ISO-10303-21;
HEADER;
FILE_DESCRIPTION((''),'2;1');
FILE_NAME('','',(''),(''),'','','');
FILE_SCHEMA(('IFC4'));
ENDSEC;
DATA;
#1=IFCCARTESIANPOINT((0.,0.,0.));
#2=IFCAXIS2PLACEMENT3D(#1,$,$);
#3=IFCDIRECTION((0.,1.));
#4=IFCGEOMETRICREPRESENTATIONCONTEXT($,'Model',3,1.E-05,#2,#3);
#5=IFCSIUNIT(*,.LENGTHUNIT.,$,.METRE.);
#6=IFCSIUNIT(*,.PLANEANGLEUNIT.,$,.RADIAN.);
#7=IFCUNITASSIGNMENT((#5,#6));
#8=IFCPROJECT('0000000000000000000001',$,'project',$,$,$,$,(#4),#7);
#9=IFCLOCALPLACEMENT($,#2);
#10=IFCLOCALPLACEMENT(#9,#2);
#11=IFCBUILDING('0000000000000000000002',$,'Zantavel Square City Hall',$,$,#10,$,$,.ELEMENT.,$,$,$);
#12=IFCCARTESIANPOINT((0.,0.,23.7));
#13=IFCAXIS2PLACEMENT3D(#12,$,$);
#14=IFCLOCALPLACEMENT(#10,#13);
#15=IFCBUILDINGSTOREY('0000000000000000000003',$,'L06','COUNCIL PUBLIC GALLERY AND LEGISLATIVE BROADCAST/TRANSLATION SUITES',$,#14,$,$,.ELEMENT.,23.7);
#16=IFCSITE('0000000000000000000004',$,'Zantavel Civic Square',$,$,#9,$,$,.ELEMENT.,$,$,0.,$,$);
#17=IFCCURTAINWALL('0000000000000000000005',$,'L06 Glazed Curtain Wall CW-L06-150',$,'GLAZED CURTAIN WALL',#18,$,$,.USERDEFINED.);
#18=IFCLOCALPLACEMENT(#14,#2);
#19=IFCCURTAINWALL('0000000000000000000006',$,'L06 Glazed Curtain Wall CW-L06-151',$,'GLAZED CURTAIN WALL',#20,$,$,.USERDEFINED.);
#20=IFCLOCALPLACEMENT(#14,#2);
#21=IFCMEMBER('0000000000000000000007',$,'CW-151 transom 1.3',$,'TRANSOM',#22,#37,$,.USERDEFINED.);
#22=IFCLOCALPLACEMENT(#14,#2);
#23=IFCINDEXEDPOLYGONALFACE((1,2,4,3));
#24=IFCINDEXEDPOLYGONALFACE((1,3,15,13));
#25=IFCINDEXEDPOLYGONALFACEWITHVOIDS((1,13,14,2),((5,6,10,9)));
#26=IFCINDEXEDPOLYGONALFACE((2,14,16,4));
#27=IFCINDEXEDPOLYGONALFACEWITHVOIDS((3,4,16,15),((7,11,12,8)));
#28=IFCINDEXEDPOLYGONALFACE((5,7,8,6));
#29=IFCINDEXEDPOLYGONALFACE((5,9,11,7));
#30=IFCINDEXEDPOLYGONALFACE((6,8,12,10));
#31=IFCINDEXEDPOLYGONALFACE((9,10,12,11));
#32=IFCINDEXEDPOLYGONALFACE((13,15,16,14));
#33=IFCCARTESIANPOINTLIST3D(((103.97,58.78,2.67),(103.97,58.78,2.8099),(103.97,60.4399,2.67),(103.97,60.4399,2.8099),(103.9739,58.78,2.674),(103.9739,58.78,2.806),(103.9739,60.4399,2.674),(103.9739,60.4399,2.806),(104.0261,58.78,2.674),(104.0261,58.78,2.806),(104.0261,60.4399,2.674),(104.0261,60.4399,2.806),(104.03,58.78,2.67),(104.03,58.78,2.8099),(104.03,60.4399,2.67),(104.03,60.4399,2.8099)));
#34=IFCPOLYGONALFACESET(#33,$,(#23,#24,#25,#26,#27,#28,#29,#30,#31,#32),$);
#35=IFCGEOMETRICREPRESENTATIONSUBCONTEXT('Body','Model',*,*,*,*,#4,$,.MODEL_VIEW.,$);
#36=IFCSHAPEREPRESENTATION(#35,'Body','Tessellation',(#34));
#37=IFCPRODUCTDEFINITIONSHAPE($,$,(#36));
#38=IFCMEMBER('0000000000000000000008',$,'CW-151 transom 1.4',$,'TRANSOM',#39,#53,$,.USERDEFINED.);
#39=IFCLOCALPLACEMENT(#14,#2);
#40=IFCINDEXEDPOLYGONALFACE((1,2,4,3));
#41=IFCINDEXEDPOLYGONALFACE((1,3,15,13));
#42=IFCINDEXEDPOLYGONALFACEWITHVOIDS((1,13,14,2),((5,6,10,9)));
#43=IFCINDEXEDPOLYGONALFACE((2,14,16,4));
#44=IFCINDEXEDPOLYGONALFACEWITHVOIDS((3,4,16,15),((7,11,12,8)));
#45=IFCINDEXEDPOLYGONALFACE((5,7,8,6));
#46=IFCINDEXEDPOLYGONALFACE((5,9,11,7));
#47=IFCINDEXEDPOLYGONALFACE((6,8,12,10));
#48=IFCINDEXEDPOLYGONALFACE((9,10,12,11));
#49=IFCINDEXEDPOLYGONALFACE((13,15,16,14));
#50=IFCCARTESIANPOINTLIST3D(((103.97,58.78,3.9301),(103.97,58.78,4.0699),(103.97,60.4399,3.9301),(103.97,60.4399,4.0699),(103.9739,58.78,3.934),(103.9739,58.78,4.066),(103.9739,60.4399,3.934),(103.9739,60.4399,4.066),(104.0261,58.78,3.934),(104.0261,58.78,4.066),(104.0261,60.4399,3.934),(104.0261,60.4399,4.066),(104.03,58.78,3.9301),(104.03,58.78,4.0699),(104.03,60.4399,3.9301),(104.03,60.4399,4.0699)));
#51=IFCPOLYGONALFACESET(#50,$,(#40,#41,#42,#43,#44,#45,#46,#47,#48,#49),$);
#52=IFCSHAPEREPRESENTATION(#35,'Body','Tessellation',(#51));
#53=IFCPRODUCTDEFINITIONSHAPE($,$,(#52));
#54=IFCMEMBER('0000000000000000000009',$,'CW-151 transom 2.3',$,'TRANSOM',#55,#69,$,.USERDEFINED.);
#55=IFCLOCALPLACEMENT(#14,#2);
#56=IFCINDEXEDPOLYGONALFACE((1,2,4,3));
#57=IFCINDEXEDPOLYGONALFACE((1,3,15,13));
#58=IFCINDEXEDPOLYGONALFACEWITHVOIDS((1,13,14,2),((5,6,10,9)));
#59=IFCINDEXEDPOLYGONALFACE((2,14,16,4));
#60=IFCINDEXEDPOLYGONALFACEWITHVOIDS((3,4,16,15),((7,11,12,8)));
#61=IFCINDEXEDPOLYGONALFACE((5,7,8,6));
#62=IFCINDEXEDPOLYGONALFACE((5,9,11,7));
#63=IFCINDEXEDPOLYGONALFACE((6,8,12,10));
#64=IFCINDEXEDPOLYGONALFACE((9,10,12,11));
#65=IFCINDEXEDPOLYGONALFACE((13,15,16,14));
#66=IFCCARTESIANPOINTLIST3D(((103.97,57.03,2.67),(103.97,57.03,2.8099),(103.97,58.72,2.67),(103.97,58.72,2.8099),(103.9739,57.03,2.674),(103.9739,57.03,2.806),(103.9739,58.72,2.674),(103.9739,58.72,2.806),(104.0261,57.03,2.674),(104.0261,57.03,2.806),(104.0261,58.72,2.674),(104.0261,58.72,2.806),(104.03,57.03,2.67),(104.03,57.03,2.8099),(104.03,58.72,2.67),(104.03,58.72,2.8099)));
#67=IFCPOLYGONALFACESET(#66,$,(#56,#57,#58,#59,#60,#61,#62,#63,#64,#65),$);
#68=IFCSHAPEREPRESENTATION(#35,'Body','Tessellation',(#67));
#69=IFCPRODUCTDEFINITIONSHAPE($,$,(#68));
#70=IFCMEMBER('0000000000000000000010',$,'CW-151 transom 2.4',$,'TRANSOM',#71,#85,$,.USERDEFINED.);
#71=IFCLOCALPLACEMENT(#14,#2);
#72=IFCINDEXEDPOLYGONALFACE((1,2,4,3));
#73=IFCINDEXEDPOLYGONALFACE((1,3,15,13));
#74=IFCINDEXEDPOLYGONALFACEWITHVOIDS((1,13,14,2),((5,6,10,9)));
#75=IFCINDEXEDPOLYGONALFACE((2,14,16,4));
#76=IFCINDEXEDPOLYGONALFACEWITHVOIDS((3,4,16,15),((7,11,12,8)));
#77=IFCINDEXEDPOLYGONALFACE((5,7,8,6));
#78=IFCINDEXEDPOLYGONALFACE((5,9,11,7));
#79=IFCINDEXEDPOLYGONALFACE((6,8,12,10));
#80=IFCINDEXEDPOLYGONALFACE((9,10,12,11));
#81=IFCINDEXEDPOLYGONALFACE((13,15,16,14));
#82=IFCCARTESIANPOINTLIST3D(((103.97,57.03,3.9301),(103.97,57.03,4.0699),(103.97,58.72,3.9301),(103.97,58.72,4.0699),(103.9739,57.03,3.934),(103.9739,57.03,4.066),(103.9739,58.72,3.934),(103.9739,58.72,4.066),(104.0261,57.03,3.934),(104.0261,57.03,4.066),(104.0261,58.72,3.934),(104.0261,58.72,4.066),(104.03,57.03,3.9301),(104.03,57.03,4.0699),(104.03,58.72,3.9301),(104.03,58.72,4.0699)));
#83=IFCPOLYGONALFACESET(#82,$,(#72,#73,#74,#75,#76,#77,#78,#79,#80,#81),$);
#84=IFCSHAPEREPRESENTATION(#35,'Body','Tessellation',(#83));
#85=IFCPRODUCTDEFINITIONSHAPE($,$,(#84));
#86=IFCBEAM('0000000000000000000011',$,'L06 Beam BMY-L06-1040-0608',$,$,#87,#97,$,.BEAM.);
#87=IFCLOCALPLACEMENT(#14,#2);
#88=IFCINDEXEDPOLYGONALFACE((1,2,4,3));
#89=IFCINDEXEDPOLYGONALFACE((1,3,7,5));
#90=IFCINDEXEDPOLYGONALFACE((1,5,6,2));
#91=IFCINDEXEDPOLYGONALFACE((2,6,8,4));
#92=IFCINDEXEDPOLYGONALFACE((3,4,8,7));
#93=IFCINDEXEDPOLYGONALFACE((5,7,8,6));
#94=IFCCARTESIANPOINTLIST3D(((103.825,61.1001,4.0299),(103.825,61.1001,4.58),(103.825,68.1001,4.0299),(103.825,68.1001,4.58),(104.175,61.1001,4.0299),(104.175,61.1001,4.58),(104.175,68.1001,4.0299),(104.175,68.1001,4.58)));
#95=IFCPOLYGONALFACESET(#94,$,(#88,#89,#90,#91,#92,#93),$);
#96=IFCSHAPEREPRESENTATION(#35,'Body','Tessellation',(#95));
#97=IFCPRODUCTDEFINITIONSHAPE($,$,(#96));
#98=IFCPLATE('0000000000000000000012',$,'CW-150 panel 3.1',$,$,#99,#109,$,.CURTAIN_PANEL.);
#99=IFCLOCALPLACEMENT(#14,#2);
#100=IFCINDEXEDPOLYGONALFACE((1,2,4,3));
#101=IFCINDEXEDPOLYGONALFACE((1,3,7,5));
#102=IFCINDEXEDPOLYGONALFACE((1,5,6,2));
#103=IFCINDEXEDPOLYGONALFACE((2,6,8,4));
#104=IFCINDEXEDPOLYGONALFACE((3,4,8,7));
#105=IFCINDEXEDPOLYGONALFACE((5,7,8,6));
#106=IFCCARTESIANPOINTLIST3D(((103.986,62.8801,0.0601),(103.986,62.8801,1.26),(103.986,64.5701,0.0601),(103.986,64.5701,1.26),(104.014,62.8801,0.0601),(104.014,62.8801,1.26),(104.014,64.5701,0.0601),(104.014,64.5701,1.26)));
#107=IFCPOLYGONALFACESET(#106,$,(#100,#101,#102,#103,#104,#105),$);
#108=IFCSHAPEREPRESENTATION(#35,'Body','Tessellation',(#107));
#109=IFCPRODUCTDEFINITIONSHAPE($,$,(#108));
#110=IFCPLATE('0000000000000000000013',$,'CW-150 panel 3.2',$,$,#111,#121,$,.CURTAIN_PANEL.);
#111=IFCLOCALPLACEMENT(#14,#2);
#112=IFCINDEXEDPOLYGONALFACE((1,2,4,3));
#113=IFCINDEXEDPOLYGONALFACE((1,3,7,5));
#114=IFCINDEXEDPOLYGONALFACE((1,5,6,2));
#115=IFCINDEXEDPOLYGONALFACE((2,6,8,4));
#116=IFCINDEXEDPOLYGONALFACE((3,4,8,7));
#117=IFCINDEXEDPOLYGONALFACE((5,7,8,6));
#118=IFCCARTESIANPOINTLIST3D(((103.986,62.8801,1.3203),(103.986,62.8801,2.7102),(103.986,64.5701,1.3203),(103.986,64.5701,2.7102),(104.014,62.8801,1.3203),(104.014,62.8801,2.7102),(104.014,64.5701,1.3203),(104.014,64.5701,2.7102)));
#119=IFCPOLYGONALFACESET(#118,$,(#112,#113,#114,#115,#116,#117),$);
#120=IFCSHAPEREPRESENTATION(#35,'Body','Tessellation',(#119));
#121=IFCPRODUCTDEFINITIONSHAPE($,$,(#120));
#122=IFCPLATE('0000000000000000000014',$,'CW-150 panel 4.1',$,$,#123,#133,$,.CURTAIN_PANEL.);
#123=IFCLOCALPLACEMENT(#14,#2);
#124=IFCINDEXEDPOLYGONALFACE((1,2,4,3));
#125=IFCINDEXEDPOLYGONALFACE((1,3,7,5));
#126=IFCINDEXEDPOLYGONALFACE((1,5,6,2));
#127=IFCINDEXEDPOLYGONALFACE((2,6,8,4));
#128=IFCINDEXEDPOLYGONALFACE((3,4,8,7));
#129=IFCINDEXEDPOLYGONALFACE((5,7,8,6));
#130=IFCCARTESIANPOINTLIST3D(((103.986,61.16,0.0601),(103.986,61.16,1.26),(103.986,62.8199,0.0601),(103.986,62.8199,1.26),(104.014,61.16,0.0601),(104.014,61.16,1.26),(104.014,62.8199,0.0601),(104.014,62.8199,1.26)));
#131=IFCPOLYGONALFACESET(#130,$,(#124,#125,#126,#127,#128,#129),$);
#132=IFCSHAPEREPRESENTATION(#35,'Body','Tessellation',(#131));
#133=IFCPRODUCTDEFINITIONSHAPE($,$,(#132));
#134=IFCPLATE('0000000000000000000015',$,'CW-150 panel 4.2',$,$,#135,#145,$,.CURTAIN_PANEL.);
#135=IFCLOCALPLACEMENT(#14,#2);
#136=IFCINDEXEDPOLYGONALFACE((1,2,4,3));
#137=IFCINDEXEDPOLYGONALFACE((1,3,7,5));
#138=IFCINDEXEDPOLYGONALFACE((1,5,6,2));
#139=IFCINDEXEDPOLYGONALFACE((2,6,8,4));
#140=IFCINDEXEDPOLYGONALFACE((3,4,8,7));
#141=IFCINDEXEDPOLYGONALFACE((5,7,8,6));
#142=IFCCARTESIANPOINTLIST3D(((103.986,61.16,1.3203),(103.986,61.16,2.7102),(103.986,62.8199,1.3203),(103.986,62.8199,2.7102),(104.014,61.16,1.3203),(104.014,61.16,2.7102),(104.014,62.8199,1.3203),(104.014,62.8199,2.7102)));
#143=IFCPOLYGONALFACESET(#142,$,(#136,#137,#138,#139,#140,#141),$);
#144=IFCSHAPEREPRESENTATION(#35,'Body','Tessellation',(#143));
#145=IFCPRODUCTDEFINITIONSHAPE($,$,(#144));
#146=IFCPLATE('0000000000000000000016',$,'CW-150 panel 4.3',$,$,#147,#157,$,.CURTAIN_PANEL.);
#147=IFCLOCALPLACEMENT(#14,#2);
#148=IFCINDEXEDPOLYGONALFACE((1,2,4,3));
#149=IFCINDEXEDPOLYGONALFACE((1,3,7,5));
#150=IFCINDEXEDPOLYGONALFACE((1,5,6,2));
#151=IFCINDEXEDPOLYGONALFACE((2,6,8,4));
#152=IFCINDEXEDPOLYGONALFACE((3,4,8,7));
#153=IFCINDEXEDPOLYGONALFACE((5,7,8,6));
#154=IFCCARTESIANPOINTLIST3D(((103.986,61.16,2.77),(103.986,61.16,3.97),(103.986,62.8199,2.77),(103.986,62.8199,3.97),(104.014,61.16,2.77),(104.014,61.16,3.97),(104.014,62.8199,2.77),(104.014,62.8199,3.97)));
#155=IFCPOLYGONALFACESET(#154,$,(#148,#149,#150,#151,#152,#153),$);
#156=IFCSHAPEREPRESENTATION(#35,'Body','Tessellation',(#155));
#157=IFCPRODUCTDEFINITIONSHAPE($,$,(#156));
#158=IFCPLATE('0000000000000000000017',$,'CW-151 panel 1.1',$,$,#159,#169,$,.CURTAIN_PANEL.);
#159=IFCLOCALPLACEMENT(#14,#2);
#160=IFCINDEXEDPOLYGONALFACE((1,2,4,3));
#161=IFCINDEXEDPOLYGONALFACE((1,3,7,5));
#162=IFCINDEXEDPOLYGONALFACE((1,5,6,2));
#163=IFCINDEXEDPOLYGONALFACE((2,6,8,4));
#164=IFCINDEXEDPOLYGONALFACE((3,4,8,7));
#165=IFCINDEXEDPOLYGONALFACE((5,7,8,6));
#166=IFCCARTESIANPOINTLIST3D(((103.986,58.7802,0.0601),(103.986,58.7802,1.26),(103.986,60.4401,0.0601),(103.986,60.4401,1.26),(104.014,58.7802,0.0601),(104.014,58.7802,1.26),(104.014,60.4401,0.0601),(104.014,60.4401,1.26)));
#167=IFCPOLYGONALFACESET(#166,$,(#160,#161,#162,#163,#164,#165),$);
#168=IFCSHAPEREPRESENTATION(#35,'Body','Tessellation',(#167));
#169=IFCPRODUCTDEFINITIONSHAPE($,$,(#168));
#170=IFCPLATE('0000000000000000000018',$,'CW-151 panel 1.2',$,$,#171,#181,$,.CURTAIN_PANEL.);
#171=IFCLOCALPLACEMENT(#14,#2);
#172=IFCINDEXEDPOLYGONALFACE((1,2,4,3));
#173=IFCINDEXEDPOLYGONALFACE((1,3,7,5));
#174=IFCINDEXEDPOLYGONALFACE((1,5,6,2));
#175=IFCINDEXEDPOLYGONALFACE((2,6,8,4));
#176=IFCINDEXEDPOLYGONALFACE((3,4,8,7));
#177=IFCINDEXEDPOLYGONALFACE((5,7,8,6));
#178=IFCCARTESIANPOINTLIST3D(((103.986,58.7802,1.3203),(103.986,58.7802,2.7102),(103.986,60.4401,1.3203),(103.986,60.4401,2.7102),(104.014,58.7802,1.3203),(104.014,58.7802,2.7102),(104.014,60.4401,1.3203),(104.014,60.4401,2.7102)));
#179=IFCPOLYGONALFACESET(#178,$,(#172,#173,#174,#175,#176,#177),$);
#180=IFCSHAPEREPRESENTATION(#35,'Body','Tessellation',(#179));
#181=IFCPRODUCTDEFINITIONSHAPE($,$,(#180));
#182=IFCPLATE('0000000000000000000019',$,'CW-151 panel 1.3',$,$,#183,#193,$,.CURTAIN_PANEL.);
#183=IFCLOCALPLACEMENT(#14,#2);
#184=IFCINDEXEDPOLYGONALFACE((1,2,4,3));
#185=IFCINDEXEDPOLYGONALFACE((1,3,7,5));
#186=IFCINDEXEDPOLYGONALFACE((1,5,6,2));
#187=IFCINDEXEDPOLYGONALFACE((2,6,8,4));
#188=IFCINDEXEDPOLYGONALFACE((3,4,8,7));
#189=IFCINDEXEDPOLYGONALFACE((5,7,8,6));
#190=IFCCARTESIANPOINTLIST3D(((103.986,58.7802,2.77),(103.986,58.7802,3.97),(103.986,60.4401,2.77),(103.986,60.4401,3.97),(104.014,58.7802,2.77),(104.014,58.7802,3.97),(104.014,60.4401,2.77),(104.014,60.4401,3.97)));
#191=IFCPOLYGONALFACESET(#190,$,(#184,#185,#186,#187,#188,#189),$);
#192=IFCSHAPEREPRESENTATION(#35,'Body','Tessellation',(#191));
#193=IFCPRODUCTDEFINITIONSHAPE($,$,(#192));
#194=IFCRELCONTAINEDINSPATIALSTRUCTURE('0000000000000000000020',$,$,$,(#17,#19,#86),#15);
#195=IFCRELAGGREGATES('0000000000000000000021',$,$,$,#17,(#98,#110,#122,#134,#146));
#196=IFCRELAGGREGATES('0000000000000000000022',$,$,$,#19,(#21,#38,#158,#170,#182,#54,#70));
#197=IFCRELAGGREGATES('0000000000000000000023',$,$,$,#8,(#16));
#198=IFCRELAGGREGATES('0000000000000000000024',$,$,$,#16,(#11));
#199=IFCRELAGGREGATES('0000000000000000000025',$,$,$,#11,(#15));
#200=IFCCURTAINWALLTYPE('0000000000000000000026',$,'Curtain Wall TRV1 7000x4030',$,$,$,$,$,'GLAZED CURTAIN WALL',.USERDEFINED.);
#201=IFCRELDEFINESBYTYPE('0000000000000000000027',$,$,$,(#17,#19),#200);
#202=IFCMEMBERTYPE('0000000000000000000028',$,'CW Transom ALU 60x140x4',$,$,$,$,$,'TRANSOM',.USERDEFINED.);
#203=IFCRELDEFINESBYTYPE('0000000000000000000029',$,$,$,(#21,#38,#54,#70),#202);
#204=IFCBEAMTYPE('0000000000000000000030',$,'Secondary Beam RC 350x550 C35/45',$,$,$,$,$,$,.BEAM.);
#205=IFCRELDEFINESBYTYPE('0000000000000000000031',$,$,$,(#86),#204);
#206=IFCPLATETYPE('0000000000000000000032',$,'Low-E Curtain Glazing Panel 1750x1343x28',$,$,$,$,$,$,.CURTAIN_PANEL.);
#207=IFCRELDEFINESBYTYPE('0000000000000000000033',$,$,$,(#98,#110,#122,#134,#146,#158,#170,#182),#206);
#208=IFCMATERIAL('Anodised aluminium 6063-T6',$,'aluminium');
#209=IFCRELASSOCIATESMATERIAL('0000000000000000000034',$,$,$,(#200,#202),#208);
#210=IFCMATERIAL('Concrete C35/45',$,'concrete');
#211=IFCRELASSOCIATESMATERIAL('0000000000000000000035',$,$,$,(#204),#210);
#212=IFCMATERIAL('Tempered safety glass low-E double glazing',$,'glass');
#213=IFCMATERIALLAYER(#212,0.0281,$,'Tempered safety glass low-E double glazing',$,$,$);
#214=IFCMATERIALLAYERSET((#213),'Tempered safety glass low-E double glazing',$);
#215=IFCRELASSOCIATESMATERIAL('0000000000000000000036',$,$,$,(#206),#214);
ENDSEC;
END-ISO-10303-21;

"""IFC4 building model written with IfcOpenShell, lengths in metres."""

from ifc_helpers import new_model, si_unit, direction, frame, origin, origin_2d, place, context, subcontext, project, spatial, rectangle, hollow_rectangle, extrude, material, layer, layer_set, material_profile, profile_set, type_object, element, aggregate, save


model = new_model("IFC4")

# Units and contexts
model_context = context("Model", 3, precision=1e-05, world=origin(), true_north=direction((0.0, 1.0)))
body_context = subcontext(model_context, "Body", "Model", "MODEL_VIEW")
ifc_project = project(units=[si_unit("LENGTHUNIT", "METRE"), si_unit("PLANEANGLEUNIT", "RADIAN")], contexts=[model_context])

# Site, building, storey
site_placement = place(None, origin())
site = spatial("IfcSite", under=ifc_project, at=site_placement, Name="Zantavel Civic Square", CompositionType="ELEMENT", RefElevation=0.0)
building_placement = place(site_placement, origin())
building = spatial("IfcBuilding", under=site, at=building_placement, Name="Zantavel Square City Hall", CompositionType="ELEMENT")
storey_placement = place(building_placement, frame((0.0, 0.0, 23.7)))
storey = spatial("IfcBuildingStorey", under=building, at=storey_placement, Name="L06", Description="COUNCIL PUBLIC GALLERY AND LEGISLATIVE BROADCAST/TRANSLATION SUITES", CompositionType="ELEMENT", Elevation=23.7)

# Curtain walls
ifc_material_1 = material(Name="Anodised aluminium 6063-T6", Category="aluminium")
curtain_wall_type = type_object("IfcCurtainWallType", Name="Curtain Wall TRV1 7000x4030", ElementType="GLAZED CURTAIN WALL", PredefinedType="USERDEFINED", material=ifc_material_1)
curtain_wall_1_placement = place(storey_placement, origin())
curtain_wall_1 = element("IfcCurtainWall", 1, at=curtain_wall_1_placement, inside=storey, type_object=curtain_wall_type, Name="L06 Glazed Curtain Wall CW-L06-150", ObjectType="GLAZED CURTAIN WALL", PredefinedType="USERDEFINED")
curtain_wall_2_placement = place(storey_placement, origin())
curtain_wall_2 = element("IfcCurtainWall", 2, at=curtain_wall_2_placement, inside=storey, type_object=curtain_wall_type, Name="L06 Glazed Curtain Wall CW-L06-151", ObjectType="GLAZED CURTAIN WALL", PredefinedType="USERDEFINED")

# Members
ifc_material_profile_1 = material_profile(ifc_material_1, hollow_rectangle(XDim=0.0601, YDim=0.1399, WallThickness=0.0039, at=origin_2d()), Name="ALU 60x140x4")
ifc_profile_set_1 = profile_set([ifc_material_profile_1], Name="Anodised aluminium 6063-T6")
member_type_1 = type_object("IfcMemberType", Name="CW Transom ALU 60x140x4", ElementType="TRANSOM", PredefinedType="USERDEFINED", material=ifc_profile_set_1)
member_1_placement = place(storey_placement, frame((104.0, 60.4399, 2.74), z_axis=(0.0, -1.0, 0.0), x_axis=(1.0, 0.0, 0.0)))
member_1 = element("IfcMember", 3, at=member_1_placement, type_object=member_type_1, Name="CW-151 transom 1.3", ObjectType="TRANSOM", PredefinedType="USERDEFINED", context=body_context, shape_type="SweptSolid", body=[
    extrude(hollow_rectangle(XDim=0.0601, YDim=0.1399, WallThickness=0.0039, at=origin_2d()), origin(), (0.0, 0.0, 1.0), 1.6599),
])
member_2_placement = place(storey_placement, frame((104.0, 60.4399, 4.0), z_axis=(0.0, -1.0, 0.0), x_axis=(1.0, 0.0, 0.0)))
member_2 = element("IfcMember", 4, at=member_2_placement, type_object=member_type_1, Name="CW-151 transom 1.4", ObjectType="TRANSOM", PredefinedType="USERDEFINED", context=body_context, shape_type="SweptSolid", body=[
    extrude(hollow_rectangle(XDim=0.0601, YDim=0.1399, WallThickness=0.0039, at=origin_2d()), origin(), (0.0, 0.0, 1.0), 1.6599),
])
member_3_placement = place(storey_placement, frame((104.0, 58.72, 2.74), z_axis=(0.0, -1.0, 0.0), x_axis=(1.0, 0.0, 0.0)))
member_3 = element("IfcMember", 5, at=member_3_placement, type_object=member_type_1, Name="CW-151 transom 2.3", ObjectType="TRANSOM", PredefinedType="USERDEFINED", context=body_context, shape_type="SweptSolid", body=[
    extrude(hollow_rectangle(XDim=0.0601, YDim=0.1399, WallThickness=0.0039, at=origin_2d()), origin(), (0.0, 0.0, 1.0), 1.6899),
])
member_4_placement = place(storey_placement, frame((104.0, 58.72, 4.0), z_axis=(0.0, -1.0, 0.0), x_axis=(1.0, 0.0, 0.0)))
member_4 = element("IfcMember", 6, at=member_4_placement, type_object=member_type_1, Name="CW-151 transom 2.4", ObjectType="TRANSOM", PredefinedType="USERDEFINED", context=body_context, shape_type="SweptSolid", body=[
    extrude(hollow_rectangle(XDim=0.0601, YDim=0.1399, WallThickness=0.0039, at=origin_2d()), origin(), (0.0, 0.0, 1.0), 1.6899),
])

# Beam
ifc_material_2 = material(Name="Concrete C35/45", Category="concrete")
ifc_material_profile_2 = material_profile(ifc_material_2, rectangle(XDim=0.3501, YDim=0.55, at=origin_2d()), Name="RC 350x550")
ifc_profile_set_2 = profile_set([ifc_material_profile_2], Name="Concrete C35/45")
beam_type = type_object("IfcBeamType", Name="Secondary Beam RC 350x550 C35/45", PredefinedType="BEAM", material=ifc_profile_set_2)
beam_placement = place(storey_placement, frame((104.0, 61.1001, 4.3049), z_axis=(0.0, 1.0, 0.0), x_axis=(-1.0, 0.0, 0.0)))
element("IfcBeam", 7, at=beam_placement, inside=storey, type_object=beam_type, Name="L06 Beam BMY-L06-1040-0608", PredefinedType="BEAM", context=body_context, shape_type="SweptSolid", body=[
    extrude(rectangle(XDim=0.3501, YDim=0.55, at=origin_2d()), origin(), (0.0, 0.0, 1.0), 7.0),
])

# Plates
ifc_material_3 = material(Name="Tempered safety glass low-E double glazing", Category="glass")
ifc_layer = layer(ifc_material_3, 0.0281, Name="Tempered safety glass low-E double glazing")
ifc_layer_set = layer_set([ifc_layer], Name="Tempered safety glass low-E double glazing")
plate_type = type_object("IfcPlateType", Name="Low-E Curtain Glazing Panel 1750x1343x28", PredefinedType="CURTAIN_PANEL", material=ifc_layer_set)
plate_1_placement = place(storey_placement, frame((104.0, 63.7251, 0.0601), z_axis=(0.0, 0.0, 1.0), x_axis=(0.0, -1.0, 0.0)))
plate_1 = element("IfcPlate", 8, at=plate_1_placement, type_object=plate_type, Name="CW-150 panel 3.1", PredefinedType="CURTAIN_PANEL", context=body_context, shape_type="SweptSolid", body=[
    extrude(rectangle(XDim=1.6899, YDim=0.0281, at=origin_2d()), origin(), (0.0, 0.0, 1.0), 1.2),
])
plate_2_placement = place(storey_placement, frame((104.0, 63.7251, 1.3203), z_axis=(0.0, 0.0, 1.0), x_axis=(0.0, -1.0, 0.0)))
plate_2 = element("IfcPlate", 9, at=plate_2_placement, type_object=plate_type, Name="CW-150 panel 3.2", PredefinedType="CURTAIN_PANEL", context=body_context, shape_type="SweptSolid", body=[
    extrude(rectangle(XDim=1.6899, YDim=0.0281, at=origin_2d()), origin(), (0.0, 0.0, 1.0), 1.3899),
])
plate_3_placement = place(storey_placement, frame((104.0, 61.99, 0.0601), z_axis=(0.0, 0.0, 1.0), x_axis=(0.0, -1.0, 0.0)))
plate_3 = element("IfcPlate", 10, at=plate_3_placement, type_object=plate_type, Name="CW-150 panel 4.1", PredefinedType="CURTAIN_PANEL", context=body_context, shape_type="SweptSolid", body=[
    extrude(rectangle(XDim=1.6599, YDim=0.0281, at=origin_2d()), origin(), (0.0, 0.0, 1.0), 1.2),
])
plate_4_placement = place(storey_placement, frame((104.0, 61.99, 1.3203), z_axis=(0.0, 0.0, 1.0), x_axis=(0.0, -1.0, 0.0)))
plate_4 = element("IfcPlate", 11, at=plate_4_placement, type_object=plate_type, Name="CW-150 panel 4.2", PredefinedType="CURTAIN_PANEL", context=body_context, shape_type="SweptSolid", body=[
    extrude(rectangle(XDim=1.6599, YDim=0.0281, at=origin_2d()), origin(), (0.0, 0.0, 1.0), 1.3899),
])
plate_5_placement = place(storey_placement, frame((104.0, 61.99, 2.77), z_axis=(0.0, 0.0, 1.0), x_axis=(0.0, -1.0, 0.0)))
plate_5 = element("IfcPlate", 12, at=plate_5_placement, type_object=plate_type, Name="CW-150 panel 4.3", PredefinedType="CURTAIN_PANEL", context=body_context, shape_type="SweptSolid", body=[
    extrude(rectangle(XDim=1.6599, YDim=0.0281, at=origin_2d()), origin(), (0.0, 0.0, 1.0), 1.2),
])
aggregate(curtain_wall_1, [plate_1, plate_2, plate_3, plate_4, plate_5])
plate_6_placement = place(storey_placement, frame((104.0, 59.6101, 0.0601), z_axis=(0.0, 0.0, 1.0), x_axis=(0.0, -1.0, 0.0)))
plate_6 = element("IfcPlate", 13, at=plate_6_placement, type_object=plate_type, Name="CW-151 panel 1.1", PredefinedType="CURTAIN_PANEL", context=body_context, shape_type="SweptSolid", body=[
    extrude(rectangle(XDim=1.6599, YDim=0.0281, at=origin_2d()), origin(), (0.0, 0.0, 1.0), 1.2),
])
plate_7_placement = place(storey_placement, frame((104.0, 59.6101, 1.3203), z_axis=(0.0, 0.0, 1.0), x_axis=(0.0, -1.0, 0.0)))
plate_7 = element("IfcPlate", 14, at=plate_7_placement, type_object=plate_type, Name="CW-151 panel 1.2", PredefinedType="CURTAIN_PANEL", context=body_context, shape_type="SweptSolid", body=[
    extrude(rectangle(XDim=1.6599, YDim=0.0281, at=origin_2d()), origin(), (0.0, 0.0, 1.0), 1.3899),
])
plate_8_placement = place(storey_placement, frame((104.0, 59.6101, 2.77), z_axis=(0.0, 0.0, 1.0), x_axis=(0.0, -1.0, 0.0)))
plate_8 = element("IfcPlate", 15, at=plate_8_placement, type_object=plate_type, Name="CW-151 panel 1.3", PredefinedType="CURTAIN_PANEL", context=body_context, shape_type="SweptSolid", body=[
    extrude(rectangle(XDim=1.6599, YDim=0.0281, at=origin_2d()), origin(), (0.0, 0.0, 1.0), 1.2),
])
aggregate(curtain_wall_2, [member_1, member_2, plate_6, plate_7, plate_8, member_3, member_4])

save(model, "model.ifc")
